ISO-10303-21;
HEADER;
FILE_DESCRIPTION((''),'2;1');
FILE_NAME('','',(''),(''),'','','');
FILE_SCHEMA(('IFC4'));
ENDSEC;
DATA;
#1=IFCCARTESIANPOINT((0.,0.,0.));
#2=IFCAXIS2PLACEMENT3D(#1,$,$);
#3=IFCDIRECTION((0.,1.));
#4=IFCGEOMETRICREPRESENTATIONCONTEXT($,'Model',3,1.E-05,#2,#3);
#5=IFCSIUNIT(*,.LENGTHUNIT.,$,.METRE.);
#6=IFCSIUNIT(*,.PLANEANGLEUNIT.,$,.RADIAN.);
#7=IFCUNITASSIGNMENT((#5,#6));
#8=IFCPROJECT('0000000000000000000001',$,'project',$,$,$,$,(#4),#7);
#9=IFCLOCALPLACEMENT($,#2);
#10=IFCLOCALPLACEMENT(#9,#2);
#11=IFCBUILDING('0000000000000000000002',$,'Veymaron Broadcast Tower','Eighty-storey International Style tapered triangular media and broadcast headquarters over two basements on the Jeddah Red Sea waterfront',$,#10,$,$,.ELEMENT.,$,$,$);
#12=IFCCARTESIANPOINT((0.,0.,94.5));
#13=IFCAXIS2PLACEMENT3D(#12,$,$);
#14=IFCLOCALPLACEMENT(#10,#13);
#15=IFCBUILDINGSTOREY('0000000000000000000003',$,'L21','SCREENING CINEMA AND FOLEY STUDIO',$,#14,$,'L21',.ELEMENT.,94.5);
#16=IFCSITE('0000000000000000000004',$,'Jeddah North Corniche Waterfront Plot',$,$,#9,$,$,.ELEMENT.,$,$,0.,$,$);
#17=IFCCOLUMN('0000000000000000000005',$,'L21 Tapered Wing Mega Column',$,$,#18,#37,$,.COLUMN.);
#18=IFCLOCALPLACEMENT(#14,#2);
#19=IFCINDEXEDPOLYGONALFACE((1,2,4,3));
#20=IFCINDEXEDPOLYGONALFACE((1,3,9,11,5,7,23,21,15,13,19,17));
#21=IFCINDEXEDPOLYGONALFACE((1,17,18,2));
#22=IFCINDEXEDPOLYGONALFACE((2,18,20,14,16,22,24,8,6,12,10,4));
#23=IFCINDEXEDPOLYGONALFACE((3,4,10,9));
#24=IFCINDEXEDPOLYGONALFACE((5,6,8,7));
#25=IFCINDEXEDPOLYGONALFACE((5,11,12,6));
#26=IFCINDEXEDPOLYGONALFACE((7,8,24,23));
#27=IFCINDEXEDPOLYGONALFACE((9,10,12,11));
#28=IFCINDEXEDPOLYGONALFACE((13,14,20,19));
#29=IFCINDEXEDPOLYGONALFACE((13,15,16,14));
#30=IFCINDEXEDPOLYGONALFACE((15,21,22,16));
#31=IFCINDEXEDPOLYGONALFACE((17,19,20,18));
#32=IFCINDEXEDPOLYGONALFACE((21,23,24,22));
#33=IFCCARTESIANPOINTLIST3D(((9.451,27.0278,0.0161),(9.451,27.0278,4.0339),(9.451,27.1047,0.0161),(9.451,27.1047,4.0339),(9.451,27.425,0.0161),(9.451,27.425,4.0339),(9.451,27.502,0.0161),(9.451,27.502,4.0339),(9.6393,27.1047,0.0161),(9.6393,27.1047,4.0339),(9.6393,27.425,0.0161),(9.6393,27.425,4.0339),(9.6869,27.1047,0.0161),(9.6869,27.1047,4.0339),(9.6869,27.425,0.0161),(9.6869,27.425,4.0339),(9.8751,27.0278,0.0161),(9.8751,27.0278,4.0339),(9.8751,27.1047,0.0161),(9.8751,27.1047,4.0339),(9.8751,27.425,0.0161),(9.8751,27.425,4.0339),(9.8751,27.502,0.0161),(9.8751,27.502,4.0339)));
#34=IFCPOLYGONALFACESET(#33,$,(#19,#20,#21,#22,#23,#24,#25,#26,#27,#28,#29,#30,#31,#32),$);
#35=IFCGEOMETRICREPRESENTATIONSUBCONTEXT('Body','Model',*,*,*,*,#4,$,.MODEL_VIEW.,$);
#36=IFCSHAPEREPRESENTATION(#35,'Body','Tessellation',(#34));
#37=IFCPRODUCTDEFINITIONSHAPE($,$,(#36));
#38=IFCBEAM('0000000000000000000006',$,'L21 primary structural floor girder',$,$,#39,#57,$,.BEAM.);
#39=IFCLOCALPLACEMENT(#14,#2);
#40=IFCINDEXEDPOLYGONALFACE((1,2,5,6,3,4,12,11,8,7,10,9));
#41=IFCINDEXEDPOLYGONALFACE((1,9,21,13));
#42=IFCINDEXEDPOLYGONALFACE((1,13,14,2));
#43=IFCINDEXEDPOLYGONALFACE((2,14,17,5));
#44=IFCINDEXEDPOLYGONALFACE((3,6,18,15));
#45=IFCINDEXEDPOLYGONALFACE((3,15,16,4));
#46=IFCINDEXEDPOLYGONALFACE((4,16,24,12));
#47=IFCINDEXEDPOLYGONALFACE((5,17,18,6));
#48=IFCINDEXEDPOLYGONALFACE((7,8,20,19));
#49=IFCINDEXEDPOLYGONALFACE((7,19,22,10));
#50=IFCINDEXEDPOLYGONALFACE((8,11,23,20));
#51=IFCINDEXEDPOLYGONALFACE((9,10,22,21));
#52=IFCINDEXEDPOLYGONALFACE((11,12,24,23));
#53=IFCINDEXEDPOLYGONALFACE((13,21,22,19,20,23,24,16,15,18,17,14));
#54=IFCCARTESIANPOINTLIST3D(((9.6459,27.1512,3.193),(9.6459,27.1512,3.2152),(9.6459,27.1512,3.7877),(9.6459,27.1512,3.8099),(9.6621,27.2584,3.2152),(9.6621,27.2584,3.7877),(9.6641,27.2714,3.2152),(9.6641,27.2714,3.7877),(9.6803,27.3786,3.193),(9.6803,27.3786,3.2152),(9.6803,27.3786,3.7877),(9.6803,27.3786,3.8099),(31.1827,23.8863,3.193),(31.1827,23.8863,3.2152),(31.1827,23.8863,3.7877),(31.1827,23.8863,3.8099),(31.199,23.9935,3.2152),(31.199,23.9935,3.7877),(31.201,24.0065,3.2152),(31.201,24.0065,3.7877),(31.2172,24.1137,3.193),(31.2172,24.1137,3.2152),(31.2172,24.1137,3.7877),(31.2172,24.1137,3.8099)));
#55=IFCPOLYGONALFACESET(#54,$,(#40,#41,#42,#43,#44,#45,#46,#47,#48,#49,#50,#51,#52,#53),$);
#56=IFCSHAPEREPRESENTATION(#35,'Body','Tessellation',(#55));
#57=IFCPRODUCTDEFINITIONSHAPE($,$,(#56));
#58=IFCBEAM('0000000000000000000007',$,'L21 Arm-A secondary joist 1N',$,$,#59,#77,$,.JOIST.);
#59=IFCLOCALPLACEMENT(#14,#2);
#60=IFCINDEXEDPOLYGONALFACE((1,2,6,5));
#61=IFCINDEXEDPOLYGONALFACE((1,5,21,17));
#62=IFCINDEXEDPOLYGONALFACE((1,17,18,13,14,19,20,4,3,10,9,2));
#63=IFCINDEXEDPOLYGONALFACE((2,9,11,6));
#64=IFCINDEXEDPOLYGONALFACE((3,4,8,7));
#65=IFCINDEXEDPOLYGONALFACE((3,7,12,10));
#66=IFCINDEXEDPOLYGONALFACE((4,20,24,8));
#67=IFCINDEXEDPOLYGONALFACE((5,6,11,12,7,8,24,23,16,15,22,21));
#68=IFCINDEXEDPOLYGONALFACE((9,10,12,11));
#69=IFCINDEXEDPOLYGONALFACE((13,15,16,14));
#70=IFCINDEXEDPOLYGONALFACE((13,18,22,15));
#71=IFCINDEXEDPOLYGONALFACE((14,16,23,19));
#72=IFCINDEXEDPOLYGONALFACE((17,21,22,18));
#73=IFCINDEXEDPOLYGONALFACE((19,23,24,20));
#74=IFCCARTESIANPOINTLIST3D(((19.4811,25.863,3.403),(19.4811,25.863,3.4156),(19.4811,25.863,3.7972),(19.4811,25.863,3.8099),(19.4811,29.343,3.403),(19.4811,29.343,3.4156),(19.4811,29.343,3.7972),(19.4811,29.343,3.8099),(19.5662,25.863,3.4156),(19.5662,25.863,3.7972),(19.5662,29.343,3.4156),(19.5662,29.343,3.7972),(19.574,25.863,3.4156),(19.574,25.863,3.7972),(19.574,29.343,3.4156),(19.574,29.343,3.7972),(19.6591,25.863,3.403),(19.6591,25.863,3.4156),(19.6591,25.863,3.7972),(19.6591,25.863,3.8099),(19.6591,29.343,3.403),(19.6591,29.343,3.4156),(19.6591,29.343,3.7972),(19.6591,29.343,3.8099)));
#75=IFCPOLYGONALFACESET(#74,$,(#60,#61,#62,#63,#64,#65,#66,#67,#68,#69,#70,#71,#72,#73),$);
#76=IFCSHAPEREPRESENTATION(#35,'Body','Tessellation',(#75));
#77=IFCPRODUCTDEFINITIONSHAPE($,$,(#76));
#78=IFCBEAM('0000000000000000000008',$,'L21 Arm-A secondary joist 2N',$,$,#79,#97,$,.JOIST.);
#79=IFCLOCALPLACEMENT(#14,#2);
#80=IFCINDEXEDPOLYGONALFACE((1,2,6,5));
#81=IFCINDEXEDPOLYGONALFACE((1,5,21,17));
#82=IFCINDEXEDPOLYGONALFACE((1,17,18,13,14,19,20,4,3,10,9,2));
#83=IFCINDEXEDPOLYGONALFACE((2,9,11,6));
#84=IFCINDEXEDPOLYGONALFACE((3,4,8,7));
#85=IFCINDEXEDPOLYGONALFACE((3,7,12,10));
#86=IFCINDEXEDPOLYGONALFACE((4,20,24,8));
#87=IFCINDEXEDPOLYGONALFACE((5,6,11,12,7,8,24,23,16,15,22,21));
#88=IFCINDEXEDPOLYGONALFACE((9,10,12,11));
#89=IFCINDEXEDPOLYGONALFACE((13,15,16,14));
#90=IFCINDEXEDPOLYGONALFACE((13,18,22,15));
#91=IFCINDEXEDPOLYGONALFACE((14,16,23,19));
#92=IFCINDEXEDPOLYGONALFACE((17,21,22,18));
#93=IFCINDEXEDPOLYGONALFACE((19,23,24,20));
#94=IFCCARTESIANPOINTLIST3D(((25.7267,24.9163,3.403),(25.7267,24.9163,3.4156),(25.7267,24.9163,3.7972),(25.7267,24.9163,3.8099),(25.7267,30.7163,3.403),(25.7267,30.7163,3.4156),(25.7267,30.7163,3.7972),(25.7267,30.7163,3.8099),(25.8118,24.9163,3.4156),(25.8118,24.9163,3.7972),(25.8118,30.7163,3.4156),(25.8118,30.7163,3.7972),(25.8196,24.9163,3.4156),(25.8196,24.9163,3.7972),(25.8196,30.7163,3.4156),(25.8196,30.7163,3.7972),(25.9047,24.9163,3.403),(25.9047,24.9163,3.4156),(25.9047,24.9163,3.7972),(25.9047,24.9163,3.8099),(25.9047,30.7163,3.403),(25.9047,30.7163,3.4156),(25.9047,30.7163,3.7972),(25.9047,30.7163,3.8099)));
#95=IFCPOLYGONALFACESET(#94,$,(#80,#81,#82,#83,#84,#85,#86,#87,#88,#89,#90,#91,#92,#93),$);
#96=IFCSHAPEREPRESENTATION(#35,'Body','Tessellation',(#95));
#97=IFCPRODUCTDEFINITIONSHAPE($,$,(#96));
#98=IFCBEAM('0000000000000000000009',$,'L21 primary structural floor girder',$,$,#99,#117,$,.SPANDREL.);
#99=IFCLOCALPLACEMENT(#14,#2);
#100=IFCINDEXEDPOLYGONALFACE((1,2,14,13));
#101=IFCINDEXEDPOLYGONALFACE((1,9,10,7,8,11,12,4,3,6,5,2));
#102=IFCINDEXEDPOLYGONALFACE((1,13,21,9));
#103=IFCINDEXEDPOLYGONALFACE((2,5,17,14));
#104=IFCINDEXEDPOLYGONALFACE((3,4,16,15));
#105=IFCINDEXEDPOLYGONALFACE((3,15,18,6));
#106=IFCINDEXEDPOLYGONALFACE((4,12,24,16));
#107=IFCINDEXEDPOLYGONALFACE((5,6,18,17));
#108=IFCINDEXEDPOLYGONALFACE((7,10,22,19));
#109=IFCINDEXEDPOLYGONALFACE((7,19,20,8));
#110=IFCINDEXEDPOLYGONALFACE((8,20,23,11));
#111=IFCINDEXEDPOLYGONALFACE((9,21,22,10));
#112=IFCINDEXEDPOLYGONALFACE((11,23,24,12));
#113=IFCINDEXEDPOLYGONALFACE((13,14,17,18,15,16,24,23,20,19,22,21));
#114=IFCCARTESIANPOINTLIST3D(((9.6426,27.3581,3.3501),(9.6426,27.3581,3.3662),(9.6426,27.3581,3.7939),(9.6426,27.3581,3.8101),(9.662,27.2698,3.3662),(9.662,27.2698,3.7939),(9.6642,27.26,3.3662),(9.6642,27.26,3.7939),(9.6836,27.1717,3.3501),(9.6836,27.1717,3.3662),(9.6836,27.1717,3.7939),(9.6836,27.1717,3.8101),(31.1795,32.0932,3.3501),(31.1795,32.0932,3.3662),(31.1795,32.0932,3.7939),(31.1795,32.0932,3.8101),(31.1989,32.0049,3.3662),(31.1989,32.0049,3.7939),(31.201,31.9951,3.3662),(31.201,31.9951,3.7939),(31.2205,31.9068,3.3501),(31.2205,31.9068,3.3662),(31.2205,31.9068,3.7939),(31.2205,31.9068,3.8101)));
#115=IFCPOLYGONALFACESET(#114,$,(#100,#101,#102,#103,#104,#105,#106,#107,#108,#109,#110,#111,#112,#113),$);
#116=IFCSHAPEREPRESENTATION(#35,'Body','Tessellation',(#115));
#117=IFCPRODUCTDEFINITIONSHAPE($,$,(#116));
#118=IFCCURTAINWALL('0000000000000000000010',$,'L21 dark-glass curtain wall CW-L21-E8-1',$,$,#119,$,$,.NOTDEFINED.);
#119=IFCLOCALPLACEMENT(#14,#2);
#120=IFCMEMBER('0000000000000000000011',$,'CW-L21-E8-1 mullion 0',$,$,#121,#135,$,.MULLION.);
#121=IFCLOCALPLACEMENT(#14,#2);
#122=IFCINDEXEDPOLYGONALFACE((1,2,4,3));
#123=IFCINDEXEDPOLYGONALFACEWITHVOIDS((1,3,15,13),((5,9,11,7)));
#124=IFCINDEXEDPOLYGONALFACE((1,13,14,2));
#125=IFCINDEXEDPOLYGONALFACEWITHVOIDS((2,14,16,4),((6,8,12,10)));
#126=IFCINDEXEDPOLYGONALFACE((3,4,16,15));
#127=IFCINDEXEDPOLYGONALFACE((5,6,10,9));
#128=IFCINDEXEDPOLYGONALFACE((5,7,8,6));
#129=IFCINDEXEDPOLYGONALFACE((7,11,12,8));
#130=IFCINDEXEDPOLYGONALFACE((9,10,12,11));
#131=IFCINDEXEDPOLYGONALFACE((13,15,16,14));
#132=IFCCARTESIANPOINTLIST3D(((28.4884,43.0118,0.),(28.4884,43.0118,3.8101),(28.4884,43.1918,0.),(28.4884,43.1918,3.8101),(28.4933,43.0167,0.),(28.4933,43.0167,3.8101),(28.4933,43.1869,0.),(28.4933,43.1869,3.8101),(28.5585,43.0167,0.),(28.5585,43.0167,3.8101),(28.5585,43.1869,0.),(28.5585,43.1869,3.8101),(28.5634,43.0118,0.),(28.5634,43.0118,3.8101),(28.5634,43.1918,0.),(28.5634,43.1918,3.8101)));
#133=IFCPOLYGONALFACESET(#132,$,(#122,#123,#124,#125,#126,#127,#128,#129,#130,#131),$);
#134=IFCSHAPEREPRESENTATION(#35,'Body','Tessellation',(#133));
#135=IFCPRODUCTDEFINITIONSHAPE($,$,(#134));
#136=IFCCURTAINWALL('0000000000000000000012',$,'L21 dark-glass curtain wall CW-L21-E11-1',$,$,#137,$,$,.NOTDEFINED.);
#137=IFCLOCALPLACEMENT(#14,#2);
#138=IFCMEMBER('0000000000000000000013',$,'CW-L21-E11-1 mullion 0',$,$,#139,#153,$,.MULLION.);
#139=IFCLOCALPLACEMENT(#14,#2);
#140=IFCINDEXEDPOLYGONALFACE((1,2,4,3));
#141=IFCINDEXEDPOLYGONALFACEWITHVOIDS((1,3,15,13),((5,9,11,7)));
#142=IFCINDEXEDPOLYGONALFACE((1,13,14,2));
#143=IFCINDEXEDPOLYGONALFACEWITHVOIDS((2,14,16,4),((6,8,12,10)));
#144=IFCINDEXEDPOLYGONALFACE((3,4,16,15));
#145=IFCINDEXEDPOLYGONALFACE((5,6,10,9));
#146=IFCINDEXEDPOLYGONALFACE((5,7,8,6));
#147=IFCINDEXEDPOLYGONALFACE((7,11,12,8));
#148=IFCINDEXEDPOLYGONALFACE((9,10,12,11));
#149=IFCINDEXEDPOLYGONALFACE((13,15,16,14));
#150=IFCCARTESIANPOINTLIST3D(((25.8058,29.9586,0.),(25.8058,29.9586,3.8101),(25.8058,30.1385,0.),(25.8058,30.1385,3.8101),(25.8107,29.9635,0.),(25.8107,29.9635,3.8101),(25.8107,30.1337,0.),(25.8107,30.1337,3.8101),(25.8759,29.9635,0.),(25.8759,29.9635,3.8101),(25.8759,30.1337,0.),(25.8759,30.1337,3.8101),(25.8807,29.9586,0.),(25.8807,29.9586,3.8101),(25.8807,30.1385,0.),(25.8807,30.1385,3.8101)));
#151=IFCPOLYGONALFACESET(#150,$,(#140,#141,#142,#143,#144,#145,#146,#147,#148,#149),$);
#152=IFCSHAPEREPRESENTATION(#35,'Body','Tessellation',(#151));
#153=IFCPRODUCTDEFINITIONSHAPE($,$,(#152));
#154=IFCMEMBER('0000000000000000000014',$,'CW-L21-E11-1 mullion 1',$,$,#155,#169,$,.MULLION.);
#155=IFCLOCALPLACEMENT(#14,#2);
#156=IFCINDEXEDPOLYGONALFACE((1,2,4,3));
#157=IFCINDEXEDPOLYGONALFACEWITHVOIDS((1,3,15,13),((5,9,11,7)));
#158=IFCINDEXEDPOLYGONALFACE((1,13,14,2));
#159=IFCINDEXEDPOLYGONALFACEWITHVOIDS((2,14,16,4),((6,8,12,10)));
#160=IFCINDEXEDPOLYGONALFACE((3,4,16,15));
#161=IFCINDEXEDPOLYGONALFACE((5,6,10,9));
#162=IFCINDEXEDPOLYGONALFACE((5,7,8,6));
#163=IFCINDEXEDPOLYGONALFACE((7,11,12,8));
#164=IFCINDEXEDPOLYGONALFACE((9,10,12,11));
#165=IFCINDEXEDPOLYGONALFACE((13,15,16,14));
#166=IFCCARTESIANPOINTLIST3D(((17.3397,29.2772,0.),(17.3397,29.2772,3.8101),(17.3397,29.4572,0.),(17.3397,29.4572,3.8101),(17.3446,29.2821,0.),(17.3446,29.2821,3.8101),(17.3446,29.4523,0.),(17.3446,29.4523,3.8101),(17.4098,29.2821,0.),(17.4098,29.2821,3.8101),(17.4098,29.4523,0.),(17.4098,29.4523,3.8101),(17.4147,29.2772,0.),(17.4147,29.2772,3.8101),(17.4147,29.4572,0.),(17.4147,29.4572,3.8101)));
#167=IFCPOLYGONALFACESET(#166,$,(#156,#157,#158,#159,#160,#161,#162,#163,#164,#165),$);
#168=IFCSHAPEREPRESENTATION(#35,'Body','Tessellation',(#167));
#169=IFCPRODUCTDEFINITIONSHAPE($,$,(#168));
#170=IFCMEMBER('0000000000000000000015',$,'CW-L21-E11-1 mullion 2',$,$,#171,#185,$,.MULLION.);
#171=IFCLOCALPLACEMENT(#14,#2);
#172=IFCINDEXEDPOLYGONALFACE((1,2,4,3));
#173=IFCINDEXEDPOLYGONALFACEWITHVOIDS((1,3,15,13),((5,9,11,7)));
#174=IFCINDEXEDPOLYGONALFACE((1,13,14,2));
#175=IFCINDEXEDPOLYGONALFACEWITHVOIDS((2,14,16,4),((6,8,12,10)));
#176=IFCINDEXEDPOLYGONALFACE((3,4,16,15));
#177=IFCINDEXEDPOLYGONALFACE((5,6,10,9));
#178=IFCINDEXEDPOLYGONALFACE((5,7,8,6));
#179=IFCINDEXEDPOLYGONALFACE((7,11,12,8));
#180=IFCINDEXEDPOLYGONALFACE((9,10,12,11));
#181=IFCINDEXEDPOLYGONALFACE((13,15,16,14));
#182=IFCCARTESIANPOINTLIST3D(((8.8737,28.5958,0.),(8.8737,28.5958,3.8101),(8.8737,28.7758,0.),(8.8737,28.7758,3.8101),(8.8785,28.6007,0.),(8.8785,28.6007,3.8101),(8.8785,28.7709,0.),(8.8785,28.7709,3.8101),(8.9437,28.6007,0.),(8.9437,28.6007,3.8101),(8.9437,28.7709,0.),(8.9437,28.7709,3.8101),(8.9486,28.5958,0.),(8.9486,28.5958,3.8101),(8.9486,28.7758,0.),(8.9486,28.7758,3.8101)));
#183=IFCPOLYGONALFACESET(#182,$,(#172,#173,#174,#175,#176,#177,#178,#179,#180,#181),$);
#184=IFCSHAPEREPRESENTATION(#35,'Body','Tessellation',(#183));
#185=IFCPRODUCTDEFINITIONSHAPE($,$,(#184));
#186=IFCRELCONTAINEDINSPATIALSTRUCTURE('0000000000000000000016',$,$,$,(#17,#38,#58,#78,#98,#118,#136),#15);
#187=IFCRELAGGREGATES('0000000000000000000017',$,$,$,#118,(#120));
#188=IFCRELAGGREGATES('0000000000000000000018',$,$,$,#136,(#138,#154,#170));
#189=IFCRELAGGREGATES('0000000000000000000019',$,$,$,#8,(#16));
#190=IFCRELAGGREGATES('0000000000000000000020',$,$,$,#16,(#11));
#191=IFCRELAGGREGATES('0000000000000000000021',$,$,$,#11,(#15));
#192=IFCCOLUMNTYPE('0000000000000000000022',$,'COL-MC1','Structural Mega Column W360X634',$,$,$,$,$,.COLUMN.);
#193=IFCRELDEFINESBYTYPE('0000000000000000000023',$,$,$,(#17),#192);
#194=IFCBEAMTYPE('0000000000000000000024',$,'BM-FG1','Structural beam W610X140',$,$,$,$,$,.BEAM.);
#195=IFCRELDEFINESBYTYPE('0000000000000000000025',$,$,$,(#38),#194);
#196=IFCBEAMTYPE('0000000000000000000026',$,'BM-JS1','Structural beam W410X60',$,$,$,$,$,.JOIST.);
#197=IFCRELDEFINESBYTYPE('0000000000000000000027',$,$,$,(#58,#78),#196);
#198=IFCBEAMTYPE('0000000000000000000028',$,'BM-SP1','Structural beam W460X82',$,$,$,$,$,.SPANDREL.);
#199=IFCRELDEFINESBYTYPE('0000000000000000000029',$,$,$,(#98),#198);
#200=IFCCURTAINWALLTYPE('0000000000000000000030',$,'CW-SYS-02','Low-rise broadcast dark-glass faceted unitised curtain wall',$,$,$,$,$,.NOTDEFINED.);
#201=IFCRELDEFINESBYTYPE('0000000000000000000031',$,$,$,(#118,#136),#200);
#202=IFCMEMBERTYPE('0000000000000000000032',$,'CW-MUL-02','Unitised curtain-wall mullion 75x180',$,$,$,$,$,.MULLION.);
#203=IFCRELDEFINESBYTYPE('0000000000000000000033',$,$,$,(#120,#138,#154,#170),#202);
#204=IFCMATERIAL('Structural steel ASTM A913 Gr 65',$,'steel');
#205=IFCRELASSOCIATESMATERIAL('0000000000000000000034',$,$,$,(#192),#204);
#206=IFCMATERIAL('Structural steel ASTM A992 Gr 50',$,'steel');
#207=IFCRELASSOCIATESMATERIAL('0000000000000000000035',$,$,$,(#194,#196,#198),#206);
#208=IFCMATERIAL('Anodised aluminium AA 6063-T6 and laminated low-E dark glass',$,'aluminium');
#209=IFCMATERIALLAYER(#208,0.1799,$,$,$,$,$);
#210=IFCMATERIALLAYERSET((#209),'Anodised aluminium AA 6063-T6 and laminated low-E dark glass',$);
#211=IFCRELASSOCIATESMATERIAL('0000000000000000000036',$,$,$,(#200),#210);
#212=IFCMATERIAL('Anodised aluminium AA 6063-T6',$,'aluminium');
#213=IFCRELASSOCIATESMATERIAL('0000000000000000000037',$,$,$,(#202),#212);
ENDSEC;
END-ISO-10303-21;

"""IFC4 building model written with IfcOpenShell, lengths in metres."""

from ifc_helpers import new_model, si_unit, direction, frame, origin, origin_2d, place, context, subcontext, project, spatial, hollow_rectangle, i_section, extrude, material, layer, layer_set, material_profile, profile_set, type_object, element, aggregate, save


model = new_model("IFC4")

# Units and contexts
model_context = context("Model", 3, precision=1e-05, world=origin(), true_north=direction((0.0, 1.0)))
body_context = subcontext(model_context, "Body", "Model", "MODEL_VIEW")
ifc_project = project(units=[si_unit("LENGTHUNIT", "METRE"), si_unit("PLANEANGLEUNIT", "RADIAN")], contexts=[model_context])

# Site, building, storey
site_placement = place(None, origin())
site = spatial("IfcSite", under=ifc_project, at=site_placement, Name="Jeddah North Corniche Waterfront Plot", CompositionType="ELEMENT", RefElevation=0.0)
building_placement = place(site_placement, origin())
building = spatial("IfcBuilding", under=site, at=building_placement, Name="Veymaron Broadcast Tower", Description="Eighty-storey International Style tapered triangular media and broadcast headquarters over two basements on the Jeddah Red Sea waterfront", CompositionType="ELEMENT")
storey_placement = place(building_placement, frame((0.0, 0.0, 94.5)))
storey = spatial("IfcBuildingStorey", under=building, at=storey_placement, Name="L21", Description="SCREENING CINEMA AND FOLEY STUDIO", LongName="L21", CompositionType="ELEMENT", Elevation=94.5)

# Column
ifc_material_1 = material(Name="Structural steel ASTM A913 Gr 65", Category="steel")
ifc_material_profile_1 = material_profile(ifc_material_1, i_section(OverallWidth=0.4241, OverallDepth=0.4741, WebThickness=0.0476, FlangeThickness=0.0769, at=origin_2d()), Name="W360X634")
ifc_profile_set_1 = profile_set([ifc_material_profile_1], Name="Structural steel ASTM A913 Gr 65")
column_type = type_object("IfcColumnType", Name="COL-MC1", Description="Structural Mega Column W360X634", PredefinedType="COLUMN", material=ifc_profile_set_1)
column_placement = place(storey_placement, frame((9.6631, 27.2649, 0.0161), z_axis=(0.0, 0.0, 1.0), x_axis=(1.0, 0.0, 0.0)))
element("IfcColumn", 1, at=column_placement, inside=storey, type_object=column_type, Name="L21 Tapered Wing Mega Column", PredefinedType="COLUMN", context=body_context, shape_type="SweptSolid", body=[
    extrude(i_section(OverallWidth=0.4241, OverallDepth=0.4741, WebThickness=0.0476, FlangeThickness=0.0769, at=origin_2d()), origin(), (0.0, 0.0, 1.0), 4.0178),
])

# Beams
ifc_material_2 = material(Name="Structural steel ASTM A992 Gr 50", Category="steel")
ifc_material_profile_2 = material_profile(ifc_material_2, i_section(OverallWidth=0.23, OverallDepth=0.6169, WebThickness=0.0132, FlangeThickness=0.0222, at=origin_2d()), Name="W610X140")
ifc_profile_set_2 = profile_set([ifc_material_profile_2], Name="Structural steel ASTM A992 Gr 50")
beam_type_1 = type_object("IfcBeamType", Name="BM-FG1", Description="Structural beam W610X140", PredefinedType="BEAM", material=ifc_profile_set_2)
beam_1_placement = place(storey_placement, frame((9.6631, 27.2649, 3.5015), z_axis=(0.988704, -0.149883, 0.0), x_axis=(0.149883, 0.988704, 0.0)))
element("IfcBeam", 2, at=beam_1_placement, inside=storey, type_object=beam_type_1, Name="L21 primary structural floor girder", PredefinedType="BEAM", context=body_context, shape_type="SweptSolid", body=[
    extrude(i_section(OverallWidth=0.23, OverallDepth=0.6169, WebThickness=0.0132, FlangeThickness=0.0222, at=origin_2d()), origin(), (0.0, 0.0, 1.0), 21.783),
])
ifc_material_profile_3 = material_profile(ifc_material_2, i_section(OverallWidth=0.178, OverallDepth=0.407, WebThickness=0.0078, FlangeThickness=0.0127, at=origin_2d()), Name="W410X60")
ifc_profile_set_3 = profile_set([ifc_material_profile_3], Name="Structural steel ASTM A992 Gr 50")
beam_type_2 = type_object("IfcBeamType", Name="BM-JS1", Description="Structural beam W410X60", PredefinedType="JOIST", material=ifc_profile_set_3)
beam_2_placement = place(storey_placement, frame((19.5701, 25.863, 3.6064), z_axis=(0.0, 1.0, 0.0), x_axis=(-1.0, 0.0, 0.0)))
element("IfcBeam", 3, at=beam_2_placement, inside=storey, type_object=beam_type_2, Name="L21 Arm-A secondary joist 1N", PredefinedType="JOIST", context=body_context, shape_type="SweptSolid", body=[
    extrude(i_section(OverallWidth=0.178, OverallDepth=0.407, WebThickness=0.0078, FlangeThickness=0.0127, at=origin_2d()), origin(), (0.0, 0.0, 1.0), 3.48),
])
beam_3_placement = place(storey_placement, frame((25.8157, 24.9163, 3.6064), z_axis=(0.0, 1.0, 0.0), x_axis=(-1.0, 0.0, 0.0)))
element("IfcBeam", 4, at=beam_3_placement, inside=storey, type_object=beam_type_2, Name="L21 Arm-A secondary joist 2N", PredefinedType="JOIST", context=body_context, shape_type="SweptSolid", body=[
    extrude(i_section(OverallWidth=0.178, OverallDepth=0.407, WebThickness=0.0078, FlangeThickness=0.0127, at=origin_2d()), origin(), (0.0, 0.0, 1.0), 5.8),
])
ifc_material_profile_4 = material_profile(ifc_material_2, i_section(OverallWidth=0.1909, OverallDepth=0.46, WebThickness=0.01, FlangeThickness=0.0161, at=origin_2d()), Name="W460X82")
ifc_profile_set_4 = profile_set([ifc_material_profile_4], Name="Structural steel ASTM A992 Gr 50")
beam_type_3 = type_object("IfcBeamType", Name="BM-SP1", Description="Structural beam W460X82", PredefinedType="SPANDREL", material=ifc_profile_set_4)
beam_4_placement = place(storey_placement, frame((9.6631, 27.2649, 3.5801), z_axis=(0.976673, 0.214732, 0.0), x_axis=(-0.214732, 0.976673, 0.0)))
element("IfcBeam", 5, at=beam_4_placement, inside=storey, type_object=beam_type_3, Name="L21 primary structural floor girder", PredefinedType="SPANDREL", context=body_context, shape_type="SweptSolid", body=[
    extrude(i_section(OverallWidth=0.1909, OverallDepth=0.46, WebThickness=0.01, FlangeThickness=0.0161, at=origin_2d()), origin(), (0.0, 0.0, 1.0), 22.0513),
])

# Curtain wall, member
ifc_material_3 = material(Name="Anodised aluminium AA 6063-T6 and laminated low-E dark glass", Category="aluminium")
ifc_layer_1 = layer(ifc_material_3, 0.1799)
ifc_layer_set_1 = layer_set([ifc_layer_1], Name="Anodised aluminium AA 6063-T6 and laminated low-E dark glass")
curtain_wall_type = type_object("IfcCurtainWallType", Name="CW-SYS-02", Description="Low-rise broadcast dark-glass faceted unitised curtain wall", PredefinedType="NOTDEFINED", material=ifc_layer_set_1)
curtain_wall_1_placement = place(storey_placement, origin())
curtain_wall_1 = element("IfcCurtainWall", 6, at=curtain_wall_1_placement, inside=storey, type_object=curtain_wall_type, Name="L21 dark-glass curtain wall CW-L21-E8-1", PredefinedType="NOTDEFINED")
ifc_material_4 = material(Name="Anodised aluminium AA 6063-T6", Category="aluminium")
ifc_material_profile_5 = material_profile(ifc_material_4, hollow_rectangle(XDim=0.075, YDim=0.1799, WallThickness=0.0049, at=origin_2d()), Name="AL180X75X5")
ifc_profile_set_5 = profile_set([ifc_material_profile_5], Name="Anodised aluminium AA 6063-T6")
member_type_1 = type_object("IfcMemberType", Name="CW-MUL-02", Description="Unitised curtain-wall mullion 75x180", PredefinedType="MULLION", material=ifc_profile_set_5)
member_1_placement = place(storey_placement, frame((28.5259, 43.1018, 0.0), z_axis=(0.0, 0.0, 1.0), x_axis=(1.0, 0.0, 0.0)))
member_1 = element("IfcMember", 7, at=member_1_placement, type_object=member_type_1, Name="CW-L21-E8-1 mullion 0", PredefinedType="MULLION", context=body_context, shape_type="SweptSolid", body=[
    extrude(hollow_rectangle(XDim=0.075, YDim=0.1799, WallThickness=0.0049, at=origin_2d()), origin(), (0.0, 0.0, 1.0), 3.8101),
])

# Curtain wall, members
curtain_wall_2_placement = place(storey_placement, origin())
curtain_wall_2 = element("IfcCurtainWall", 8, at=curtain_wall_2_placement, inside=storey, type_object=curtain_wall_type, Name="L21 dark-glass curtain wall CW-L21-E11-1", PredefinedType="NOTDEFINED")
member_2_placement = place(storey_placement, frame((25.8433, 30.0486, 0.0), z_axis=(0.0, 0.0, 1.0), x_axis=(1.0, 0.0, 0.0)))
member_2 = element("IfcMember", 9, at=member_2_placement, type_object=member_type_1, Name="CW-L21-E11-1 mullion 0", PredefinedType="MULLION", context=body_context, shape_type="SweptSolid", body=[
    extrude(hollow_rectangle(XDim=0.075, YDim=0.1799, WallThickness=0.0049, at=origin_2d()), origin(), (0.0, 0.0, 1.0), 3.8101),
])
member_3_placement = place(storey_placement, frame((17.3772, 29.3672, 0.0), z_axis=(0.0, 0.0, 1.0), x_axis=(1.0, 0.0, 0.0)))
member_3 = element("IfcMember", 10, at=member_3_placement, type_object=member_type_1, Name="CW-L21-E11-1 mullion 1", PredefinedType="MULLION", context=body_context, shape_type="SweptSolid", body=[
    extrude(hollow_rectangle(XDim=0.075, YDim=0.1799, WallThickness=0.0049, at=origin_2d()), origin(), (0.0, 0.0, 1.0), 3.8101),
])
member_4_placement = place(storey_placement, frame((8.9111, 28.6858, 0.0), z_axis=(0.0, 0.0, 1.0), x_axis=(1.0, 0.0, 0.0)))
member_4 = element("IfcMember", 11, at=member_4_placement, type_object=member_type_1, Name="CW-L21-E11-1 mullion 2", PredefinedType="MULLION", context=body_context, shape_type="SweptSolid", body=[
    extrude(hollow_rectangle(XDim=0.075, YDim=0.1799, WallThickness=0.0049, at=origin_2d()), origin(), (0.0, 0.0, 1.0), 3.8101),
])

aggregate(curtain_wall_1, [member_1])

aggregate(curtain_wall_2, [member_2, member_3, member_4])

save(model, "model.ifc")
